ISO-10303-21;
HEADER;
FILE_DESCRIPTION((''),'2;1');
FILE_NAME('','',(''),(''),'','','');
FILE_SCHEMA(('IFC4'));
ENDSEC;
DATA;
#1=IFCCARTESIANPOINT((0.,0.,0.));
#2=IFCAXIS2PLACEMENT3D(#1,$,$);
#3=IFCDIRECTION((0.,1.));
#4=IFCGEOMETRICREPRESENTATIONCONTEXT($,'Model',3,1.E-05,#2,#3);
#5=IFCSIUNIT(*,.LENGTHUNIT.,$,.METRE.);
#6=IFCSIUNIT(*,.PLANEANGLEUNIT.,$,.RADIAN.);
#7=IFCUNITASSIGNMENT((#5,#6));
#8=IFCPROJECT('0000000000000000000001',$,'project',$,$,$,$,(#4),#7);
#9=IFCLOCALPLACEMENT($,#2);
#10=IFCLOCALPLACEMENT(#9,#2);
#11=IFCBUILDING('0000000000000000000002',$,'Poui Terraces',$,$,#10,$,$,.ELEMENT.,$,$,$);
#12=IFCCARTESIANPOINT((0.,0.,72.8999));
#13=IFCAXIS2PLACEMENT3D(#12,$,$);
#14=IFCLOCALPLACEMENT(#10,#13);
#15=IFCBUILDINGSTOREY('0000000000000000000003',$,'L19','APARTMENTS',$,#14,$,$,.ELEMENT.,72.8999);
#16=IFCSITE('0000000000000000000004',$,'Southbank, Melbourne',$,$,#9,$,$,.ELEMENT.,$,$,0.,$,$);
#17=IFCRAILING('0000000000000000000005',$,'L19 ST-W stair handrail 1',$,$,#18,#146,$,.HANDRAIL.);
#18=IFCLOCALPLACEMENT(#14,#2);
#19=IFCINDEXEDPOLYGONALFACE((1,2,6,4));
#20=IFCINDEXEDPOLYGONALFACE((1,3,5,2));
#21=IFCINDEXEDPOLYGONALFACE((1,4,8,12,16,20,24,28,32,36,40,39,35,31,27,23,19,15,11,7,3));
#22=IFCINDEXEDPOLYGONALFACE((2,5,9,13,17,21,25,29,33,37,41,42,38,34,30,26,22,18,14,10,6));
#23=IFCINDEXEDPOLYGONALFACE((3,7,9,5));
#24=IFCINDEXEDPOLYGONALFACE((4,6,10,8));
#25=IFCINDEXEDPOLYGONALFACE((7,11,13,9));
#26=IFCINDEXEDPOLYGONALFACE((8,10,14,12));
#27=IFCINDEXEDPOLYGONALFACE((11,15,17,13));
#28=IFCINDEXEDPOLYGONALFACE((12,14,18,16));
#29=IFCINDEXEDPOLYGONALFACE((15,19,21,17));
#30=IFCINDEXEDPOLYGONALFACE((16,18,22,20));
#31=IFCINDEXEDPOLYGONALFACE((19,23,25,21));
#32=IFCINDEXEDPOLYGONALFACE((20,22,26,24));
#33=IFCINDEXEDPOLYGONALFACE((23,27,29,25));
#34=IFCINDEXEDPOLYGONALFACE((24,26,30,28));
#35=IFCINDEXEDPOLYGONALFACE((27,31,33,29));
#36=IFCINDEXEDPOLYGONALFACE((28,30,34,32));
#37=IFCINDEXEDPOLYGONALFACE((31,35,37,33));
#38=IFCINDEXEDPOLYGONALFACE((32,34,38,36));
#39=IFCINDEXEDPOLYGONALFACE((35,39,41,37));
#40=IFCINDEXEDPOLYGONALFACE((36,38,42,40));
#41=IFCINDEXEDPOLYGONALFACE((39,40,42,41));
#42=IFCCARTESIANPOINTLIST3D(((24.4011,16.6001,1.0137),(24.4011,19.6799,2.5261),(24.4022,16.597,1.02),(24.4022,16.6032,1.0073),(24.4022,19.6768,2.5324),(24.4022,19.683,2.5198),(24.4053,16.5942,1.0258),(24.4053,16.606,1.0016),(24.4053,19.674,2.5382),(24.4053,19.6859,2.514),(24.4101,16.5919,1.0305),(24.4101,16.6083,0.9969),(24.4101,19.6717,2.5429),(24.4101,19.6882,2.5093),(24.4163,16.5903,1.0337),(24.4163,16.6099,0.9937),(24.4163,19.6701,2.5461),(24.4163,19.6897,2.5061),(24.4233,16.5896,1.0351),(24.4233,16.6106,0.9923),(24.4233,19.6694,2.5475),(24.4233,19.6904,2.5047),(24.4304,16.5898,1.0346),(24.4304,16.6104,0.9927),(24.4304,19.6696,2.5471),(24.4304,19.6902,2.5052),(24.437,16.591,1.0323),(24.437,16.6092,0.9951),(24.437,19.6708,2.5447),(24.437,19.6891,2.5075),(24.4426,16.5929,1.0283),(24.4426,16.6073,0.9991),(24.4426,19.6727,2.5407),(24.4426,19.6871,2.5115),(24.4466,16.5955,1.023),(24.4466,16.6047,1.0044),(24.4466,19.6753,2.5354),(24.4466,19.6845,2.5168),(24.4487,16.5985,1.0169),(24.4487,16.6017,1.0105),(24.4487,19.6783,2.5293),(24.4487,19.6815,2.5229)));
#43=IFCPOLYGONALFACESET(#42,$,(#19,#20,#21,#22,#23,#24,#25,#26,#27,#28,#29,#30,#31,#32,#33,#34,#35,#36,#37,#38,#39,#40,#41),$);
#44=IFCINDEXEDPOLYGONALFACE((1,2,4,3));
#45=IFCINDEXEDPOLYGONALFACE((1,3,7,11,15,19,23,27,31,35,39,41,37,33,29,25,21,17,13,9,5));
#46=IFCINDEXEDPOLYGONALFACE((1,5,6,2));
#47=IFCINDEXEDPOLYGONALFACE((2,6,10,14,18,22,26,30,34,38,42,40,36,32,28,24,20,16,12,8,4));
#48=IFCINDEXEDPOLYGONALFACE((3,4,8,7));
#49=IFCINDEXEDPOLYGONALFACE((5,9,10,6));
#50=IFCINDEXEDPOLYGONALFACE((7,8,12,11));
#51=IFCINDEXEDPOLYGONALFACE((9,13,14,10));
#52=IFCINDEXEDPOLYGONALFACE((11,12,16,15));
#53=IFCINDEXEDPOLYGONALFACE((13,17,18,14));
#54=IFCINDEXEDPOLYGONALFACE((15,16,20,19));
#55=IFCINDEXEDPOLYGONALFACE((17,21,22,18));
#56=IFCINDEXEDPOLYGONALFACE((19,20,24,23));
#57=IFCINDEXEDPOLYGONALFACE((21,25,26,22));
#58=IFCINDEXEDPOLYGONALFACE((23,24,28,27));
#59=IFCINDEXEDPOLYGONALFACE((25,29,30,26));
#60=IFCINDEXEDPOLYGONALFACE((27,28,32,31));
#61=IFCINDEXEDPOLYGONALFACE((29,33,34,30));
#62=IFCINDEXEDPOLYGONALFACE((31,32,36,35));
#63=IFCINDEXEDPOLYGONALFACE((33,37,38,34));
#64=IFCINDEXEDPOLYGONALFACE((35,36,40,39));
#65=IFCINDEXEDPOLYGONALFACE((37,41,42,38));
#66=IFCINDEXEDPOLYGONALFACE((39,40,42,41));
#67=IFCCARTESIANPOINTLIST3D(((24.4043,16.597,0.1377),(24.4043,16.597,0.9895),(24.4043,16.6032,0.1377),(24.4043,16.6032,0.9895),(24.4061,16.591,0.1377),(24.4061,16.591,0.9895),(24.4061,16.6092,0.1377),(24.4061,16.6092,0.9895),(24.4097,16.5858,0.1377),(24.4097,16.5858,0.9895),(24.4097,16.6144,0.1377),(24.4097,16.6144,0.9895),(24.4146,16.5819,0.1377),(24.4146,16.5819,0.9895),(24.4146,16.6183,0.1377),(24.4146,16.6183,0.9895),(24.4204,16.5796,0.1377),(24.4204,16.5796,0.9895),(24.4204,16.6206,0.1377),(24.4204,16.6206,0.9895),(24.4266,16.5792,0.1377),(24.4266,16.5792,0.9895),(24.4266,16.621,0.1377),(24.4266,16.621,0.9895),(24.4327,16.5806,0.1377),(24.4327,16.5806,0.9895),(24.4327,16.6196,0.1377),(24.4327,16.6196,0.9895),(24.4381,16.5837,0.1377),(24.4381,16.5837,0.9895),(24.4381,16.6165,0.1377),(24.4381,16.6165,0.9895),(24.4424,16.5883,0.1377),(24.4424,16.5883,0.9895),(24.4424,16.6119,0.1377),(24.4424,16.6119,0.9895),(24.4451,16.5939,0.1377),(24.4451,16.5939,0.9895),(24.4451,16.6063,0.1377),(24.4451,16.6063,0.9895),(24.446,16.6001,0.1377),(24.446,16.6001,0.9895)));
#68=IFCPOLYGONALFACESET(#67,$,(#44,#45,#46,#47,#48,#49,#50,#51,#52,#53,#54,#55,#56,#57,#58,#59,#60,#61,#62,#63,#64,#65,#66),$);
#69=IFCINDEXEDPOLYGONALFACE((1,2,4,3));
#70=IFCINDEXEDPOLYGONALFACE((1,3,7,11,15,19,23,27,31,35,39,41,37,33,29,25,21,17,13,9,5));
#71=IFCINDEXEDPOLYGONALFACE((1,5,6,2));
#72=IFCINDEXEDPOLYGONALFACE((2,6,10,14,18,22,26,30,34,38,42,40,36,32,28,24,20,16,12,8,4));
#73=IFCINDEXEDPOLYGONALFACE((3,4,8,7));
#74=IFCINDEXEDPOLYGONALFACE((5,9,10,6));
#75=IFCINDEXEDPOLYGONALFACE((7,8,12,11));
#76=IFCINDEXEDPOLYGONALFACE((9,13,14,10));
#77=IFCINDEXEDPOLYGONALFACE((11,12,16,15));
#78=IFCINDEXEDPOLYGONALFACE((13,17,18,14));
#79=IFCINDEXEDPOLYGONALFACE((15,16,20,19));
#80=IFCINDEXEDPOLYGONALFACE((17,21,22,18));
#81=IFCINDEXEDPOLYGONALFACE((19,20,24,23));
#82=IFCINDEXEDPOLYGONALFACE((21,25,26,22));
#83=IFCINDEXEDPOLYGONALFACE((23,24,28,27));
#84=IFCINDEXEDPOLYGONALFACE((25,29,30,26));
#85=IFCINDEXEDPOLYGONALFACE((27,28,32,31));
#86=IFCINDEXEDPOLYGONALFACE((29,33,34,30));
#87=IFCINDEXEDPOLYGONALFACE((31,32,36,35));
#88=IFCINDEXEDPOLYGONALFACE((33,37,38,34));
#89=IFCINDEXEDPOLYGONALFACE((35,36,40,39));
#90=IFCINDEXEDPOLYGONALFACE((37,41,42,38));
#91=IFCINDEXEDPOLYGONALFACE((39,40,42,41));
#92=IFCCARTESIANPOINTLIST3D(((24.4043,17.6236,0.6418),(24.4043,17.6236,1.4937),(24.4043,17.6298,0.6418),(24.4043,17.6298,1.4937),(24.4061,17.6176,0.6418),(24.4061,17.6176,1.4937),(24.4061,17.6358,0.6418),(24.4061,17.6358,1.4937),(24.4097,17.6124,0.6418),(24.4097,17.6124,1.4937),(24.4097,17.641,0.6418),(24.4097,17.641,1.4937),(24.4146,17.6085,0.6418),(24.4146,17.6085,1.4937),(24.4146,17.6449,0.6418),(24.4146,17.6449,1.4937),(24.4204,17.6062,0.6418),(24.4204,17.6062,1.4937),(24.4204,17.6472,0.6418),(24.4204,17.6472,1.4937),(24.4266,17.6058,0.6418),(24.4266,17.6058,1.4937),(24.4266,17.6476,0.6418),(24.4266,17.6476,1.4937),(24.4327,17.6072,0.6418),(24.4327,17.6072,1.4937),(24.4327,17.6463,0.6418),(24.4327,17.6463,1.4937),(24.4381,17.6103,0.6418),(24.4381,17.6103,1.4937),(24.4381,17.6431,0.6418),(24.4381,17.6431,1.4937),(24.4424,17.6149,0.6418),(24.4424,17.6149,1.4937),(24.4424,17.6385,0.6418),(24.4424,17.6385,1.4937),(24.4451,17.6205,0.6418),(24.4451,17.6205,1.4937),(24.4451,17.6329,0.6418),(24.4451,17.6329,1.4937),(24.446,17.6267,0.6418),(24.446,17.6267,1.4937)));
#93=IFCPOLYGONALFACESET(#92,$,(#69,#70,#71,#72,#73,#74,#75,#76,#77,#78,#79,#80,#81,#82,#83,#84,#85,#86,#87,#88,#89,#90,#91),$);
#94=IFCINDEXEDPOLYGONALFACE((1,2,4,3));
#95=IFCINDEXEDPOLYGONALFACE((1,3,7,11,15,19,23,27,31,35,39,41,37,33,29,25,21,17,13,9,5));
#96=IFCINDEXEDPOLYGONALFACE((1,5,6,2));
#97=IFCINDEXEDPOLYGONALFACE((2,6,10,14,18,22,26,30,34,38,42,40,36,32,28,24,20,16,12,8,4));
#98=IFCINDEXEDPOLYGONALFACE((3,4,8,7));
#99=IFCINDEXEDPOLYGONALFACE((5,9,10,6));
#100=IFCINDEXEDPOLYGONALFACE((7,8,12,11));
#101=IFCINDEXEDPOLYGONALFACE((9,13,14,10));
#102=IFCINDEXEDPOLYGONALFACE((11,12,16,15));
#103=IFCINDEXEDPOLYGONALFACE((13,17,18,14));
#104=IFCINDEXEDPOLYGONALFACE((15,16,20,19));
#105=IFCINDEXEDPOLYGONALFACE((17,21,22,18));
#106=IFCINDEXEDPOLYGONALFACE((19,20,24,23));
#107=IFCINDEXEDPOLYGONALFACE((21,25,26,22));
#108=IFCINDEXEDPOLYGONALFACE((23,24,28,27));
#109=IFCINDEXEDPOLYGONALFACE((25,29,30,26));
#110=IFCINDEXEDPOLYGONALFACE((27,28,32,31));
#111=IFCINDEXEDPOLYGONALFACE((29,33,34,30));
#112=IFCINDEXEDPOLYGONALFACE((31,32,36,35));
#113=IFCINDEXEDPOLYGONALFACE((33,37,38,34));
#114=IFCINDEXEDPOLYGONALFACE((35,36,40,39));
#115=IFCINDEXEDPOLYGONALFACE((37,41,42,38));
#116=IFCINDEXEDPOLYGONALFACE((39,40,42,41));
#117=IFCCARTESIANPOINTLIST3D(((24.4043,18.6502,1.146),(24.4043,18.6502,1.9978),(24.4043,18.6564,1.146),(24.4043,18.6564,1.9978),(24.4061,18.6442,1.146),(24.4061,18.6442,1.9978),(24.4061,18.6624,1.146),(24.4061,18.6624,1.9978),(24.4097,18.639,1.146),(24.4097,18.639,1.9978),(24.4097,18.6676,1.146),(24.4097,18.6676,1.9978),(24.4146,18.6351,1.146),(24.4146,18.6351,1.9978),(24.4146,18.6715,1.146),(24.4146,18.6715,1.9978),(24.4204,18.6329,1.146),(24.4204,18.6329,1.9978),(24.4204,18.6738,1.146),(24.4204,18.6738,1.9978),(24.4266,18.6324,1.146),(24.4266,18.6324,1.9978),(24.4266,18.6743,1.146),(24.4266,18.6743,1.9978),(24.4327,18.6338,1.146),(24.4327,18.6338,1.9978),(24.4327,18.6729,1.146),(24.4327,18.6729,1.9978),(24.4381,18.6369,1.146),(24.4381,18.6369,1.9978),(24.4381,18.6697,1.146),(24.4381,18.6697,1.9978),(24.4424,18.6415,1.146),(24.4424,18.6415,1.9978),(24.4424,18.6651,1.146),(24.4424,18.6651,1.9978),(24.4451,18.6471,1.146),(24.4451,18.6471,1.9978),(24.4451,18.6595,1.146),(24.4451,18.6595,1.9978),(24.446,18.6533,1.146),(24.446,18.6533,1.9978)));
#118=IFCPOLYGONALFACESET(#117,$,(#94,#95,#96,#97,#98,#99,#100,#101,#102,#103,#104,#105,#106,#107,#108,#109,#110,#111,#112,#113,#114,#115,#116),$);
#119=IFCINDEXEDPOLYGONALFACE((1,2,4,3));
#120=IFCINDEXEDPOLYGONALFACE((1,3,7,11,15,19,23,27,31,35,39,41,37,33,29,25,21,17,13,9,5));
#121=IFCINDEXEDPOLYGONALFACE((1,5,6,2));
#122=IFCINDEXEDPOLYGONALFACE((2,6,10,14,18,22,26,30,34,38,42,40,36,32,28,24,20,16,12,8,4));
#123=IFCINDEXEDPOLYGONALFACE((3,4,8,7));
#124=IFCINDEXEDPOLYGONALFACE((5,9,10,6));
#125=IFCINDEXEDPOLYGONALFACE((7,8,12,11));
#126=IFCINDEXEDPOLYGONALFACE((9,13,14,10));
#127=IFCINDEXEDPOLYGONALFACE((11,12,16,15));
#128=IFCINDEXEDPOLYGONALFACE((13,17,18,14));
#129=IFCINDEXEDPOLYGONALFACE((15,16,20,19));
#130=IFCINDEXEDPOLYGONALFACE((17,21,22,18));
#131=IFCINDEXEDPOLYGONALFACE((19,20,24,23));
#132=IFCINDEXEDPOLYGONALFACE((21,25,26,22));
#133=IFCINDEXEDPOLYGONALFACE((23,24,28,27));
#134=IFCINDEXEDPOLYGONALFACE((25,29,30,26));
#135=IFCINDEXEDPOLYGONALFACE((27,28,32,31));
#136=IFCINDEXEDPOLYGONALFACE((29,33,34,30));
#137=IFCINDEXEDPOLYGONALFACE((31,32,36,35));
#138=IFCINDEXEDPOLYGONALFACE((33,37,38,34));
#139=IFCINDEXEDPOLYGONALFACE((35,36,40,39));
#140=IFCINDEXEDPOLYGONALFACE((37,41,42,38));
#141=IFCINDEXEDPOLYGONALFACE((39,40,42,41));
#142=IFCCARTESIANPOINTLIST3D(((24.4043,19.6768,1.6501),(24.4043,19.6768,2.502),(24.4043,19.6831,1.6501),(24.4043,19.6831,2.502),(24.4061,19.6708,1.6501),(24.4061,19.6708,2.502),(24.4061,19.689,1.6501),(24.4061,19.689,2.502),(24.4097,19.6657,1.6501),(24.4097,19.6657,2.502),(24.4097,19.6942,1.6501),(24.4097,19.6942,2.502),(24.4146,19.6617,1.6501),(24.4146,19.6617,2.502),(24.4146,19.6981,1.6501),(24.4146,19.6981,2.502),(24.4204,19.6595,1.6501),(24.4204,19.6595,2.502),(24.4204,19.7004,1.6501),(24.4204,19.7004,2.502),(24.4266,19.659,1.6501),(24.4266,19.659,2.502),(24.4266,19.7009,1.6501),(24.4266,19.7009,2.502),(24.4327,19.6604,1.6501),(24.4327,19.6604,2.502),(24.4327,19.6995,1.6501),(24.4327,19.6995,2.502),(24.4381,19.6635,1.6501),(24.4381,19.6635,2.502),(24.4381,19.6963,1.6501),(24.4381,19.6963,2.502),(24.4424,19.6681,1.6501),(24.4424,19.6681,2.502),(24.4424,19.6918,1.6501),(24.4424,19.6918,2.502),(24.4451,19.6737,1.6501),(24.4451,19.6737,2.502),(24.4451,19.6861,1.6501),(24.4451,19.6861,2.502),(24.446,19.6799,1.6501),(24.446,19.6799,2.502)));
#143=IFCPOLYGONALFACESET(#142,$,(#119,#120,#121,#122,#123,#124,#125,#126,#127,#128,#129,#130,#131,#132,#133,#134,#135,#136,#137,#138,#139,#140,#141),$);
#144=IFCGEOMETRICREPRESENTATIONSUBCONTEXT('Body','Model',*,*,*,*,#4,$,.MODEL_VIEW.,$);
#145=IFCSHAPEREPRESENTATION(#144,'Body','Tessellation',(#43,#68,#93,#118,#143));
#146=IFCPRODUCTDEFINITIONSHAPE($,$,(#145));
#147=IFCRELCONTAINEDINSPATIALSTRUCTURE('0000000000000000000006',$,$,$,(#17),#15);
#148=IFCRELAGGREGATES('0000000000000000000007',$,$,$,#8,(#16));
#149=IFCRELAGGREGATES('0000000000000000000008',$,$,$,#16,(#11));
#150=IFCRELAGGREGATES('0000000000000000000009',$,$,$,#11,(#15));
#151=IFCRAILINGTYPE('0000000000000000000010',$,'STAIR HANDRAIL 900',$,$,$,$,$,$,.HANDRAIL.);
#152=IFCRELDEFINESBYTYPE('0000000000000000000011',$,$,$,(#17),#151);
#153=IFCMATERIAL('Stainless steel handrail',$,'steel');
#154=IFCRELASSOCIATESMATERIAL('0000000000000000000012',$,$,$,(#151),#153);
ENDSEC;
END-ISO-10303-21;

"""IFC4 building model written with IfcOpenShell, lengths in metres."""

from ifc_helpers import new_model, si_unit, direction, frame, origin, origin_2d, place, context, subcontext, project, spatial, circle, extrude, material, type_object, element, save


model = new_model("IFC4")

# Units and contexts
model_context = context("Model", 3, precision=1e-05, world=origin(), true_north=direction((0.0, 1.0)))
body_context = subcontext(model_context, "Body", "Model", "MODEL_VIEW")
ifc_project = project(units=[si_unit("LENGTHUNIT", "METRE"), si_unit("PLANEANGLEUNIT", "RADIAN")], contexts=[model_context])

# Site, building, storey
site_placement = place(None, origin())
site = spatial("IfcSite", under=ifc_project, at=site_placement, Name="Southbank, Melbourne", CompositionType="ELEMENT", RefElevation=0.0)
building_placement = place(site_placement, origin())
building = spatial("IfcBuilding", under=site, at=building_placement, Name="Poui Terraces", CompositionType="ELEMENT")
storey_placement = place(building_placement, frame((0.0, 0.0, 72.8999)))
storey = spatial("IfcBuildingStorey", under=building, at=storey_placement, Name="L19", Description="APARTMENTS", CompositionType="ELEMENT", Elevation=72.8999)

# Railing
ifc_material_1 = material(Name="Stainless steel handrail", Category="steel")
railing_type_1 = type_object("IfcRailingType", Name="STAIR HANDRAIL 900", PredefinedType="HANDRAIL", material=ifc_material_1)
railing_1_placement = place(storey_placement, frame((24.425, 16.6001, 0.1377)))
element("IfcRailing", 1, at=railing_1_placement, inside=storey, type_object=railing_type_1, Name="L19 ST-W stair handrail 1", PredefinedType="HANDRAIL", context=body_context, shape_type="SweptSolid", body=[
    extrude(circle(Radius=0.0239, at=origin_2d()), frame((0.0, 0.0, 0.876), z_axis=(0.0, 0.897606, 0.440798), x_axis=(-1.0, 0.0, 0.0)), (0.0, 0.0, 1.0), 3.4312),
    extrude(circle(Radius=0.021, at=origin_2d()), origin(), (0.0, 0.0, 1.0), 0.8518),
    extrude(circle(Radius=0.021, at=origin_2d()), frame((0.0, 1.0266, 0.5042)), (0.0, 0.0, 1.0), 0.8518),
    extrude(circle(Radius=0.021, at=origin_2d()), frame((0.0, 2.0532, 1.0083)), (0.0, 0.0, 1.0), 0.8518),
    extrude(circle(Radius=0.021, at=origin_2d()), frame((0.0, 3.0798, 1.5125)), (0.0, 0.0, 1.0), 0.8518),
])

save(model, "model.ifc")
